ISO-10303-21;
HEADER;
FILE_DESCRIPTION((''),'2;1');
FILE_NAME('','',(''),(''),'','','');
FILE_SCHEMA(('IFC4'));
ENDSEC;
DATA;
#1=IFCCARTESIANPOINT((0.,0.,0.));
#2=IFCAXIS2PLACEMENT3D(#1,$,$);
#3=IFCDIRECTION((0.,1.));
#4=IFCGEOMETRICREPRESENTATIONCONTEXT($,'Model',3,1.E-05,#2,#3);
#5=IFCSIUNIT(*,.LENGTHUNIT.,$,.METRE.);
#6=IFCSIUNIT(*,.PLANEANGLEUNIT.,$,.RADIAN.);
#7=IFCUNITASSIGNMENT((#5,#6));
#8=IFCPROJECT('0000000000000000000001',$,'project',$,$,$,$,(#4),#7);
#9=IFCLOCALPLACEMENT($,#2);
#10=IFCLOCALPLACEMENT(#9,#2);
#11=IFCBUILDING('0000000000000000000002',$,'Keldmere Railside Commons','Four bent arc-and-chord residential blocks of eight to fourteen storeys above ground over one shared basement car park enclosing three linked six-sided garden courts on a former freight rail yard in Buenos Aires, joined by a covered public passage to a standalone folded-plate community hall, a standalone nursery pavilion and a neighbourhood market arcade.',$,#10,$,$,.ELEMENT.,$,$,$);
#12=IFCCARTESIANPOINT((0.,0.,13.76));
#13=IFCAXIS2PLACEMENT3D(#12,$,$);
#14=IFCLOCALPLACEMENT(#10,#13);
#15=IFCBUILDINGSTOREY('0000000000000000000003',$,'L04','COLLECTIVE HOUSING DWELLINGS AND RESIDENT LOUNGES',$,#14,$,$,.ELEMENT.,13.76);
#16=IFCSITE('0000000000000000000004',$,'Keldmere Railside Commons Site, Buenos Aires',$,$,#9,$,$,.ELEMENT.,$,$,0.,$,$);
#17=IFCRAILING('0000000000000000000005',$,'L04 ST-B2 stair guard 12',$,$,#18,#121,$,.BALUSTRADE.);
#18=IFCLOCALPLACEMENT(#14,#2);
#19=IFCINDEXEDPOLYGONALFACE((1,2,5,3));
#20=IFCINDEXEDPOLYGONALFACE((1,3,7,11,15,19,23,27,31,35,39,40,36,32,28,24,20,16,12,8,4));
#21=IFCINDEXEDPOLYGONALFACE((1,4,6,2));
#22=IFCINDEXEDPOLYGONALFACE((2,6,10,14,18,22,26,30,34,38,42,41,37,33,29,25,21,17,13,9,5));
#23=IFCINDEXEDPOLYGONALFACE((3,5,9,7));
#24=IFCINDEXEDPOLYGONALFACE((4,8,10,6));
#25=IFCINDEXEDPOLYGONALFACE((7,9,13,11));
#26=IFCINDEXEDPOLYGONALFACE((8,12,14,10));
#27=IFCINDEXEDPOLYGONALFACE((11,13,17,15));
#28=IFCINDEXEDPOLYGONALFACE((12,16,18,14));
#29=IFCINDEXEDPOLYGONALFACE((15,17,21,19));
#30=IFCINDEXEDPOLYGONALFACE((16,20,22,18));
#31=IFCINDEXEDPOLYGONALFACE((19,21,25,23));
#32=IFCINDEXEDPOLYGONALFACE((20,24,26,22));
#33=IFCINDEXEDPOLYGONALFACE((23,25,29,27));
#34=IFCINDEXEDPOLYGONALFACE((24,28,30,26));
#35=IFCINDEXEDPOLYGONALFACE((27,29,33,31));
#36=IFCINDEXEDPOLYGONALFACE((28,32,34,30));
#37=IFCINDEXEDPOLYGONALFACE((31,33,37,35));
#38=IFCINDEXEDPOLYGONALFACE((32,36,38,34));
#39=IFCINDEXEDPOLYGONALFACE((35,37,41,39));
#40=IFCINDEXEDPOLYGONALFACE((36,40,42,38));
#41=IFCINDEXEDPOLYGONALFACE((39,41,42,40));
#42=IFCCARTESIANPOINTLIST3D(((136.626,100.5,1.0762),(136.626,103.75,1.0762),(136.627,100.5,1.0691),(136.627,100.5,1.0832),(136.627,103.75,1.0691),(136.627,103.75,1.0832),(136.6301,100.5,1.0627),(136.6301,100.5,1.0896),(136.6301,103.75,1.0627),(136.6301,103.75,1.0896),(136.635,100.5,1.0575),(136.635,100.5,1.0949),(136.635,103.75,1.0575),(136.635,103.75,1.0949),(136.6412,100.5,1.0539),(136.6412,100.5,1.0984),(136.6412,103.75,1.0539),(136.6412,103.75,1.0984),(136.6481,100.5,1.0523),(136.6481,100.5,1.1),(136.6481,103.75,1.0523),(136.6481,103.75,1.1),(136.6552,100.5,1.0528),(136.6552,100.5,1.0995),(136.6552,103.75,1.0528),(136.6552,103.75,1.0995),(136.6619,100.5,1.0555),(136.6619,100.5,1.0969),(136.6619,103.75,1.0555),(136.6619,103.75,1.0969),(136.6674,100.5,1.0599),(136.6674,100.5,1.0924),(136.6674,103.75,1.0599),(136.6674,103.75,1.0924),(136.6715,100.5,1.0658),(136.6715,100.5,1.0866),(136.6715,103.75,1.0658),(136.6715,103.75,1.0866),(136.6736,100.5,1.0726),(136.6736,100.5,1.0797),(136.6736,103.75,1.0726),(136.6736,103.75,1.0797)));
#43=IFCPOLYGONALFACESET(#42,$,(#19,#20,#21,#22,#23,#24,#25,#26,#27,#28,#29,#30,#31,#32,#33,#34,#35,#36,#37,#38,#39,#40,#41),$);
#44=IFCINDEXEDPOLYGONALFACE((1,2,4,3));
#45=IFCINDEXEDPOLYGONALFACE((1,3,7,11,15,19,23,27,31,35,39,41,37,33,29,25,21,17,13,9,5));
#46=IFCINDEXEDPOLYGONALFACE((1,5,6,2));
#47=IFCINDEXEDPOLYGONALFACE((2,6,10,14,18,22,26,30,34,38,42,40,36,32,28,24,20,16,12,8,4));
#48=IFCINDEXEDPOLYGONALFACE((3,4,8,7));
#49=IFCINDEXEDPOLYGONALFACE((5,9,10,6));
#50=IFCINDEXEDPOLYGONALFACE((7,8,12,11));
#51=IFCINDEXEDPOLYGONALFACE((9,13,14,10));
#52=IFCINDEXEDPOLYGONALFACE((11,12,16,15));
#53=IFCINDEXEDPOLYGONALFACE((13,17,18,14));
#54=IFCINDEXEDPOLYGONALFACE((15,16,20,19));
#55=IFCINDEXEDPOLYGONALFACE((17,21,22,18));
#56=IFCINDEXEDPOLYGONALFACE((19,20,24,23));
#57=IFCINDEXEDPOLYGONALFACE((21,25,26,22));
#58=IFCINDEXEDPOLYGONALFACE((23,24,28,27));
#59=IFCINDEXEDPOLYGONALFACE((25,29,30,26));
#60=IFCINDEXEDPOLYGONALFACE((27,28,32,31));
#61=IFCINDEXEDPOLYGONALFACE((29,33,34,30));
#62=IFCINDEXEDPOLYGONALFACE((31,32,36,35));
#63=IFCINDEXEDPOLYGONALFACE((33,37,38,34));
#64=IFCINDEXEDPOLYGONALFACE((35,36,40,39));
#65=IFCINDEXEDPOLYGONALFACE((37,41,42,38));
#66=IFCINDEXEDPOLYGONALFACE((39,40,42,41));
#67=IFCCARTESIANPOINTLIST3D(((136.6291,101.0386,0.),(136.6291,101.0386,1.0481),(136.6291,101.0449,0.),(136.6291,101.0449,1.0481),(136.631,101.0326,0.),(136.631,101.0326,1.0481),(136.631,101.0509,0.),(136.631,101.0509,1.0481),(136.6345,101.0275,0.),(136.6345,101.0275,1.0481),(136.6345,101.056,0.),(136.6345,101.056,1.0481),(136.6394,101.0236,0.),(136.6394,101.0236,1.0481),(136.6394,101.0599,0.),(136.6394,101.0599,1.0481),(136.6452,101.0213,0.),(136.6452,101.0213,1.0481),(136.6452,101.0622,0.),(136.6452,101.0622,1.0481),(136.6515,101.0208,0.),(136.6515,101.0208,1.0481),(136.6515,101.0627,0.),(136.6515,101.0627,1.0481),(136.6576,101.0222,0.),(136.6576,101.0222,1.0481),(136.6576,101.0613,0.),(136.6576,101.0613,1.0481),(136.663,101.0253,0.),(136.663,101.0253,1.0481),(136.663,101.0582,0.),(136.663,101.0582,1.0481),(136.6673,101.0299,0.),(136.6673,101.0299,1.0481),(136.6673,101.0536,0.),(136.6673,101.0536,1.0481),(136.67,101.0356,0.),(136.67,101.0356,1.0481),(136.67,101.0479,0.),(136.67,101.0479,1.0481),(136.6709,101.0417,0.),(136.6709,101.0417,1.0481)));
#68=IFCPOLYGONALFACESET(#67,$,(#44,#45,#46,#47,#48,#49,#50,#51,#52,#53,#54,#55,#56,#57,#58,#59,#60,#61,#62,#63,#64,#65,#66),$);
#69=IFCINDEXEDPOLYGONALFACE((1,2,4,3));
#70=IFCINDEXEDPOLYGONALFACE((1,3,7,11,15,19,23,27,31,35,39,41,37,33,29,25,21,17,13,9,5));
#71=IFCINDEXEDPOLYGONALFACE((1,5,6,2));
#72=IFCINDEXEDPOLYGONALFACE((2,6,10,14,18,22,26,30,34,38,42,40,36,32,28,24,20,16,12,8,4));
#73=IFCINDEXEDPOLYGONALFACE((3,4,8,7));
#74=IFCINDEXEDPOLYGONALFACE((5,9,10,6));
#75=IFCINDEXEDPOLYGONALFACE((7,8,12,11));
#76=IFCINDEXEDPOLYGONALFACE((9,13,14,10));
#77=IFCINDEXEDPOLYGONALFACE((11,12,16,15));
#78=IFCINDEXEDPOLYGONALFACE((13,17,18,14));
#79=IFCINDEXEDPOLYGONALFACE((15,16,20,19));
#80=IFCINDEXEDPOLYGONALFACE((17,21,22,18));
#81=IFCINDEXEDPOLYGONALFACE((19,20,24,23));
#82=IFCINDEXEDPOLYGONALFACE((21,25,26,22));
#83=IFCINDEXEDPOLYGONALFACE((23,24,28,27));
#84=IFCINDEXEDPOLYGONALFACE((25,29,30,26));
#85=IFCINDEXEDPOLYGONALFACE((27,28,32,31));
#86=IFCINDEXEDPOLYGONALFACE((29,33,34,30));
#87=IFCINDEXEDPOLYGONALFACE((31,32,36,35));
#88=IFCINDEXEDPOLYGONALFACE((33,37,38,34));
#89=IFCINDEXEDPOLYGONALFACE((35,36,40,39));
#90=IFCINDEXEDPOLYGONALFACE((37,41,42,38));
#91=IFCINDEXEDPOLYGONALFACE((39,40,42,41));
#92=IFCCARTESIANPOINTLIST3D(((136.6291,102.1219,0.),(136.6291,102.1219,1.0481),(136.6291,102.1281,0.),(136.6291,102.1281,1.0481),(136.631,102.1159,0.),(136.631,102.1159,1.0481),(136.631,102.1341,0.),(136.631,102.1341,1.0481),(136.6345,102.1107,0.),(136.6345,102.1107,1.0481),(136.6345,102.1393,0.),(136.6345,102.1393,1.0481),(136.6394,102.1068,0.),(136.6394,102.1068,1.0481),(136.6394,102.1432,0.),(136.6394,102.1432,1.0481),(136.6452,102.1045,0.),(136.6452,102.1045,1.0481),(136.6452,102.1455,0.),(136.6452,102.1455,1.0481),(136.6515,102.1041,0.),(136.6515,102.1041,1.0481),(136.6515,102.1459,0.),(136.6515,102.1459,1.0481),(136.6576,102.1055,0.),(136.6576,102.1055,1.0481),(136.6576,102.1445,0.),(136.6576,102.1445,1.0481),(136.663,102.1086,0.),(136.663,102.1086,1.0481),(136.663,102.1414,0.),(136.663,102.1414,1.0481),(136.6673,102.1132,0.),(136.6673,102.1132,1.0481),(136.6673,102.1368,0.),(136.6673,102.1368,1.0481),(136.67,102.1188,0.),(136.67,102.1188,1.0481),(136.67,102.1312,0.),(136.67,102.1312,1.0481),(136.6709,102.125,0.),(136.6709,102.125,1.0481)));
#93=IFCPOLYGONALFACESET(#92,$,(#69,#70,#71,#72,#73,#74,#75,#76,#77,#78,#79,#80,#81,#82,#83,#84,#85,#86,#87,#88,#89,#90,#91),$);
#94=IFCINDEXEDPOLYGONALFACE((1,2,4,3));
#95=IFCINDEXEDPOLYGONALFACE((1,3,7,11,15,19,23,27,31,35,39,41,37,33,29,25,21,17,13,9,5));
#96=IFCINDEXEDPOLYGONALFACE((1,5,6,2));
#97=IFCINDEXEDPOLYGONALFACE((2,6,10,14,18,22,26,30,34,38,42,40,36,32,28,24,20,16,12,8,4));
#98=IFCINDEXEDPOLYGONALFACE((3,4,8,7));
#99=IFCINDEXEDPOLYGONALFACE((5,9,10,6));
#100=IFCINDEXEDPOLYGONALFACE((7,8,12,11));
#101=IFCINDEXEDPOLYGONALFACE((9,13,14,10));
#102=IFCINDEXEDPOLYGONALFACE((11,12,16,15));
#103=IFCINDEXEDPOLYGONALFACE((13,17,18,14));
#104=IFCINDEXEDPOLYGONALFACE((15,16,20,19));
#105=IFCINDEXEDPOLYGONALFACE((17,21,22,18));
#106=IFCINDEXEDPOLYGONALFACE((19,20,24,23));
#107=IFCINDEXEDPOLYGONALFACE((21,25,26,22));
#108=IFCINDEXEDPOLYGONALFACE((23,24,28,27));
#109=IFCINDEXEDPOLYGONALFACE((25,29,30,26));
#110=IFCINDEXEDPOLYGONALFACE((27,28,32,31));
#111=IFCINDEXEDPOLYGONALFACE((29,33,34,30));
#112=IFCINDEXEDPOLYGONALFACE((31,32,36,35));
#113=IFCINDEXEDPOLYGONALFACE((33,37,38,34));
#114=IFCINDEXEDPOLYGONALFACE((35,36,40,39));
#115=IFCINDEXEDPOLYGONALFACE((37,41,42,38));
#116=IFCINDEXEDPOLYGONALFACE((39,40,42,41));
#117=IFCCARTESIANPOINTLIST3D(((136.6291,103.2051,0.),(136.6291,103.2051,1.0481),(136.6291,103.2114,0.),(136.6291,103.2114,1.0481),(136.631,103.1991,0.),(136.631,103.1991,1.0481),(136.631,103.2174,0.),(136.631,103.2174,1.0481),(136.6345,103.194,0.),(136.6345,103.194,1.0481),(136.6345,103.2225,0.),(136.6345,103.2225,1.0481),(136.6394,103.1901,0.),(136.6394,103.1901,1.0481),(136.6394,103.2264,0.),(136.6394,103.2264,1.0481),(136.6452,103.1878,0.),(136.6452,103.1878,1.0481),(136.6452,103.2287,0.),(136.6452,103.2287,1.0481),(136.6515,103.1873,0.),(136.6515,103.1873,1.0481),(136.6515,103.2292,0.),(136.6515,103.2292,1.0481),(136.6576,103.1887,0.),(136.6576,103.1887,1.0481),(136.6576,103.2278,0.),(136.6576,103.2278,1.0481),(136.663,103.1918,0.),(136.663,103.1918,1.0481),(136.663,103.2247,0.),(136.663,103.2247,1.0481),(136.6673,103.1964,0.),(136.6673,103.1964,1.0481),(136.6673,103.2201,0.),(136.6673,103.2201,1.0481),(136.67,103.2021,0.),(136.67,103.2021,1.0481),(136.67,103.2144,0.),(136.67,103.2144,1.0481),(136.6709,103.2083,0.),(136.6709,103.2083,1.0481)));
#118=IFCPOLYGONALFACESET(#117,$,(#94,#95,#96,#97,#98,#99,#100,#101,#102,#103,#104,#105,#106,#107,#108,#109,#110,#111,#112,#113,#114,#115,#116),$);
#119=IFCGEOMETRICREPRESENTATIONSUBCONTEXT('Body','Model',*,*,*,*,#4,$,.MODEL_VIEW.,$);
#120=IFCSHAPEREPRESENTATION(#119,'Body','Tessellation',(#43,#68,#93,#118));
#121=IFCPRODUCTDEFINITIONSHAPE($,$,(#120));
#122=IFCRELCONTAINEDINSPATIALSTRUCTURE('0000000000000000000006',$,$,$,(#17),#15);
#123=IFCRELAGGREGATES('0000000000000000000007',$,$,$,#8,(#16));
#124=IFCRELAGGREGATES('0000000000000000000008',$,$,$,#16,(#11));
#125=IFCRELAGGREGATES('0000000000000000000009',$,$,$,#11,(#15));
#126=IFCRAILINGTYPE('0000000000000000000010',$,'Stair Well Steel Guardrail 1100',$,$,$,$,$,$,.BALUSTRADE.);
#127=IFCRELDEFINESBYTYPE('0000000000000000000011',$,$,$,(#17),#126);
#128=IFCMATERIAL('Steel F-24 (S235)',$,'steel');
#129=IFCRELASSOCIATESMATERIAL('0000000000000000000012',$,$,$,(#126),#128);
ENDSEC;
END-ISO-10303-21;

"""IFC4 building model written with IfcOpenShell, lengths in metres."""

from ifc_helpers import new_model, si_unit, direction, frame, origin, origin_2d, place, context, subcontext, project, spatial, circle, extrude, material, type_object, element, save


model = new_model("IFC4")

# Units and contexts
model_context = context("Model", 3, precision=1e-05, world=origin(), true_north=direction((0.0, 1.0)))
body_context = subcontext(model_context, "Body", "Model", "MODEL_VIEW")
ifc_project = project(units=[si_unit("LENGTHUNIT", "METRE"), si_unit("PLANEANGLEUNIT", "RADIAN")], contexts=[model_context])

# Site, building, storey
site_placement = place(None, origin())
site = spatial("IfcSite", under=ifc_project, at=site_placement, Name="Keldmere Railside Commons Site, Buenos Aires", CompositionType="ELEMENT", RefElevation=0.0)
building_placement = place(site_placement, origin())
building = spatial("IfcBuilding", under=site, at=building_placement, Name="Keldmere Railside Commons", Description="Four bent arc-and-chord residential blocks of eight to fourteen storeys above ground over one shared basement car park enclosing three linked six-sided garden courts on a former freight rail yard in Buenos Aires, joined by a covered public passage to a standalone folded-plate community hall, a standalone nursery pavilion and a neighbourhood market arcade.", CompositionType="ELEMENT")
storey_placement = place(building_placement, frame((0.0, 0.0, 13.76)))
storey = spatial("IfcBuildingStorey", under=building, at=storey_placement, Name="L04", Description="COLLECTIVE HOUSING DWELLINGS AND RESIDENT LOUNGES", CompositionType="ELEMENT", Elevation=13.76)

# Railing
ifc_material_1 = material(Name="Steel F-24 (S235)", Category="steel")
railing_type_1 = type_object("IfcRailingType", Name="Stair Well Steel Guardrail 1100", PredefinedType="BALUSTRADE", material=ifc_material_1)
railing_1_placement = place(storey_placement, frame((136.6499, 100.5, 0.0)))
element("IfcRailing", 1, at=railing_1_placement, inside=storey, type_object=railing_type_1, Name="L04 ST-B2 stair guard 12", PredefinedType="BALUSTRADE", context=body_context, shape_type="SweptSolid", body=[
    extrude(circle(Radius=0.0239, at=origin_2d()), frame((0.0, 0.0, 1.0762), z_axis=(0.0, 1.0, 0.0), x_axis=(-1.0, 0.0, 0.0)), (0.0, 0.0, 1.0), 3.25),
    extrude(circle(Radius=0.021, at=origin_2d()), frame((0.0, 0.5417, 0.0)), (0.0, 0.0, 1.0), 1.0481),
    extrude(circle(Radius=0.021, at=origin_2d()), frame((0.0, 1.625, 0.0)), (0.0, 0.0, 1.0), 1.0481),
    extrude(circle(Radius=0.021, at=origin_2d()), frame((0.0, 2.7083, 0.0)), (0.0, 0.0, 1.0), 1.0481),
])

save(model, "model.ifc")
